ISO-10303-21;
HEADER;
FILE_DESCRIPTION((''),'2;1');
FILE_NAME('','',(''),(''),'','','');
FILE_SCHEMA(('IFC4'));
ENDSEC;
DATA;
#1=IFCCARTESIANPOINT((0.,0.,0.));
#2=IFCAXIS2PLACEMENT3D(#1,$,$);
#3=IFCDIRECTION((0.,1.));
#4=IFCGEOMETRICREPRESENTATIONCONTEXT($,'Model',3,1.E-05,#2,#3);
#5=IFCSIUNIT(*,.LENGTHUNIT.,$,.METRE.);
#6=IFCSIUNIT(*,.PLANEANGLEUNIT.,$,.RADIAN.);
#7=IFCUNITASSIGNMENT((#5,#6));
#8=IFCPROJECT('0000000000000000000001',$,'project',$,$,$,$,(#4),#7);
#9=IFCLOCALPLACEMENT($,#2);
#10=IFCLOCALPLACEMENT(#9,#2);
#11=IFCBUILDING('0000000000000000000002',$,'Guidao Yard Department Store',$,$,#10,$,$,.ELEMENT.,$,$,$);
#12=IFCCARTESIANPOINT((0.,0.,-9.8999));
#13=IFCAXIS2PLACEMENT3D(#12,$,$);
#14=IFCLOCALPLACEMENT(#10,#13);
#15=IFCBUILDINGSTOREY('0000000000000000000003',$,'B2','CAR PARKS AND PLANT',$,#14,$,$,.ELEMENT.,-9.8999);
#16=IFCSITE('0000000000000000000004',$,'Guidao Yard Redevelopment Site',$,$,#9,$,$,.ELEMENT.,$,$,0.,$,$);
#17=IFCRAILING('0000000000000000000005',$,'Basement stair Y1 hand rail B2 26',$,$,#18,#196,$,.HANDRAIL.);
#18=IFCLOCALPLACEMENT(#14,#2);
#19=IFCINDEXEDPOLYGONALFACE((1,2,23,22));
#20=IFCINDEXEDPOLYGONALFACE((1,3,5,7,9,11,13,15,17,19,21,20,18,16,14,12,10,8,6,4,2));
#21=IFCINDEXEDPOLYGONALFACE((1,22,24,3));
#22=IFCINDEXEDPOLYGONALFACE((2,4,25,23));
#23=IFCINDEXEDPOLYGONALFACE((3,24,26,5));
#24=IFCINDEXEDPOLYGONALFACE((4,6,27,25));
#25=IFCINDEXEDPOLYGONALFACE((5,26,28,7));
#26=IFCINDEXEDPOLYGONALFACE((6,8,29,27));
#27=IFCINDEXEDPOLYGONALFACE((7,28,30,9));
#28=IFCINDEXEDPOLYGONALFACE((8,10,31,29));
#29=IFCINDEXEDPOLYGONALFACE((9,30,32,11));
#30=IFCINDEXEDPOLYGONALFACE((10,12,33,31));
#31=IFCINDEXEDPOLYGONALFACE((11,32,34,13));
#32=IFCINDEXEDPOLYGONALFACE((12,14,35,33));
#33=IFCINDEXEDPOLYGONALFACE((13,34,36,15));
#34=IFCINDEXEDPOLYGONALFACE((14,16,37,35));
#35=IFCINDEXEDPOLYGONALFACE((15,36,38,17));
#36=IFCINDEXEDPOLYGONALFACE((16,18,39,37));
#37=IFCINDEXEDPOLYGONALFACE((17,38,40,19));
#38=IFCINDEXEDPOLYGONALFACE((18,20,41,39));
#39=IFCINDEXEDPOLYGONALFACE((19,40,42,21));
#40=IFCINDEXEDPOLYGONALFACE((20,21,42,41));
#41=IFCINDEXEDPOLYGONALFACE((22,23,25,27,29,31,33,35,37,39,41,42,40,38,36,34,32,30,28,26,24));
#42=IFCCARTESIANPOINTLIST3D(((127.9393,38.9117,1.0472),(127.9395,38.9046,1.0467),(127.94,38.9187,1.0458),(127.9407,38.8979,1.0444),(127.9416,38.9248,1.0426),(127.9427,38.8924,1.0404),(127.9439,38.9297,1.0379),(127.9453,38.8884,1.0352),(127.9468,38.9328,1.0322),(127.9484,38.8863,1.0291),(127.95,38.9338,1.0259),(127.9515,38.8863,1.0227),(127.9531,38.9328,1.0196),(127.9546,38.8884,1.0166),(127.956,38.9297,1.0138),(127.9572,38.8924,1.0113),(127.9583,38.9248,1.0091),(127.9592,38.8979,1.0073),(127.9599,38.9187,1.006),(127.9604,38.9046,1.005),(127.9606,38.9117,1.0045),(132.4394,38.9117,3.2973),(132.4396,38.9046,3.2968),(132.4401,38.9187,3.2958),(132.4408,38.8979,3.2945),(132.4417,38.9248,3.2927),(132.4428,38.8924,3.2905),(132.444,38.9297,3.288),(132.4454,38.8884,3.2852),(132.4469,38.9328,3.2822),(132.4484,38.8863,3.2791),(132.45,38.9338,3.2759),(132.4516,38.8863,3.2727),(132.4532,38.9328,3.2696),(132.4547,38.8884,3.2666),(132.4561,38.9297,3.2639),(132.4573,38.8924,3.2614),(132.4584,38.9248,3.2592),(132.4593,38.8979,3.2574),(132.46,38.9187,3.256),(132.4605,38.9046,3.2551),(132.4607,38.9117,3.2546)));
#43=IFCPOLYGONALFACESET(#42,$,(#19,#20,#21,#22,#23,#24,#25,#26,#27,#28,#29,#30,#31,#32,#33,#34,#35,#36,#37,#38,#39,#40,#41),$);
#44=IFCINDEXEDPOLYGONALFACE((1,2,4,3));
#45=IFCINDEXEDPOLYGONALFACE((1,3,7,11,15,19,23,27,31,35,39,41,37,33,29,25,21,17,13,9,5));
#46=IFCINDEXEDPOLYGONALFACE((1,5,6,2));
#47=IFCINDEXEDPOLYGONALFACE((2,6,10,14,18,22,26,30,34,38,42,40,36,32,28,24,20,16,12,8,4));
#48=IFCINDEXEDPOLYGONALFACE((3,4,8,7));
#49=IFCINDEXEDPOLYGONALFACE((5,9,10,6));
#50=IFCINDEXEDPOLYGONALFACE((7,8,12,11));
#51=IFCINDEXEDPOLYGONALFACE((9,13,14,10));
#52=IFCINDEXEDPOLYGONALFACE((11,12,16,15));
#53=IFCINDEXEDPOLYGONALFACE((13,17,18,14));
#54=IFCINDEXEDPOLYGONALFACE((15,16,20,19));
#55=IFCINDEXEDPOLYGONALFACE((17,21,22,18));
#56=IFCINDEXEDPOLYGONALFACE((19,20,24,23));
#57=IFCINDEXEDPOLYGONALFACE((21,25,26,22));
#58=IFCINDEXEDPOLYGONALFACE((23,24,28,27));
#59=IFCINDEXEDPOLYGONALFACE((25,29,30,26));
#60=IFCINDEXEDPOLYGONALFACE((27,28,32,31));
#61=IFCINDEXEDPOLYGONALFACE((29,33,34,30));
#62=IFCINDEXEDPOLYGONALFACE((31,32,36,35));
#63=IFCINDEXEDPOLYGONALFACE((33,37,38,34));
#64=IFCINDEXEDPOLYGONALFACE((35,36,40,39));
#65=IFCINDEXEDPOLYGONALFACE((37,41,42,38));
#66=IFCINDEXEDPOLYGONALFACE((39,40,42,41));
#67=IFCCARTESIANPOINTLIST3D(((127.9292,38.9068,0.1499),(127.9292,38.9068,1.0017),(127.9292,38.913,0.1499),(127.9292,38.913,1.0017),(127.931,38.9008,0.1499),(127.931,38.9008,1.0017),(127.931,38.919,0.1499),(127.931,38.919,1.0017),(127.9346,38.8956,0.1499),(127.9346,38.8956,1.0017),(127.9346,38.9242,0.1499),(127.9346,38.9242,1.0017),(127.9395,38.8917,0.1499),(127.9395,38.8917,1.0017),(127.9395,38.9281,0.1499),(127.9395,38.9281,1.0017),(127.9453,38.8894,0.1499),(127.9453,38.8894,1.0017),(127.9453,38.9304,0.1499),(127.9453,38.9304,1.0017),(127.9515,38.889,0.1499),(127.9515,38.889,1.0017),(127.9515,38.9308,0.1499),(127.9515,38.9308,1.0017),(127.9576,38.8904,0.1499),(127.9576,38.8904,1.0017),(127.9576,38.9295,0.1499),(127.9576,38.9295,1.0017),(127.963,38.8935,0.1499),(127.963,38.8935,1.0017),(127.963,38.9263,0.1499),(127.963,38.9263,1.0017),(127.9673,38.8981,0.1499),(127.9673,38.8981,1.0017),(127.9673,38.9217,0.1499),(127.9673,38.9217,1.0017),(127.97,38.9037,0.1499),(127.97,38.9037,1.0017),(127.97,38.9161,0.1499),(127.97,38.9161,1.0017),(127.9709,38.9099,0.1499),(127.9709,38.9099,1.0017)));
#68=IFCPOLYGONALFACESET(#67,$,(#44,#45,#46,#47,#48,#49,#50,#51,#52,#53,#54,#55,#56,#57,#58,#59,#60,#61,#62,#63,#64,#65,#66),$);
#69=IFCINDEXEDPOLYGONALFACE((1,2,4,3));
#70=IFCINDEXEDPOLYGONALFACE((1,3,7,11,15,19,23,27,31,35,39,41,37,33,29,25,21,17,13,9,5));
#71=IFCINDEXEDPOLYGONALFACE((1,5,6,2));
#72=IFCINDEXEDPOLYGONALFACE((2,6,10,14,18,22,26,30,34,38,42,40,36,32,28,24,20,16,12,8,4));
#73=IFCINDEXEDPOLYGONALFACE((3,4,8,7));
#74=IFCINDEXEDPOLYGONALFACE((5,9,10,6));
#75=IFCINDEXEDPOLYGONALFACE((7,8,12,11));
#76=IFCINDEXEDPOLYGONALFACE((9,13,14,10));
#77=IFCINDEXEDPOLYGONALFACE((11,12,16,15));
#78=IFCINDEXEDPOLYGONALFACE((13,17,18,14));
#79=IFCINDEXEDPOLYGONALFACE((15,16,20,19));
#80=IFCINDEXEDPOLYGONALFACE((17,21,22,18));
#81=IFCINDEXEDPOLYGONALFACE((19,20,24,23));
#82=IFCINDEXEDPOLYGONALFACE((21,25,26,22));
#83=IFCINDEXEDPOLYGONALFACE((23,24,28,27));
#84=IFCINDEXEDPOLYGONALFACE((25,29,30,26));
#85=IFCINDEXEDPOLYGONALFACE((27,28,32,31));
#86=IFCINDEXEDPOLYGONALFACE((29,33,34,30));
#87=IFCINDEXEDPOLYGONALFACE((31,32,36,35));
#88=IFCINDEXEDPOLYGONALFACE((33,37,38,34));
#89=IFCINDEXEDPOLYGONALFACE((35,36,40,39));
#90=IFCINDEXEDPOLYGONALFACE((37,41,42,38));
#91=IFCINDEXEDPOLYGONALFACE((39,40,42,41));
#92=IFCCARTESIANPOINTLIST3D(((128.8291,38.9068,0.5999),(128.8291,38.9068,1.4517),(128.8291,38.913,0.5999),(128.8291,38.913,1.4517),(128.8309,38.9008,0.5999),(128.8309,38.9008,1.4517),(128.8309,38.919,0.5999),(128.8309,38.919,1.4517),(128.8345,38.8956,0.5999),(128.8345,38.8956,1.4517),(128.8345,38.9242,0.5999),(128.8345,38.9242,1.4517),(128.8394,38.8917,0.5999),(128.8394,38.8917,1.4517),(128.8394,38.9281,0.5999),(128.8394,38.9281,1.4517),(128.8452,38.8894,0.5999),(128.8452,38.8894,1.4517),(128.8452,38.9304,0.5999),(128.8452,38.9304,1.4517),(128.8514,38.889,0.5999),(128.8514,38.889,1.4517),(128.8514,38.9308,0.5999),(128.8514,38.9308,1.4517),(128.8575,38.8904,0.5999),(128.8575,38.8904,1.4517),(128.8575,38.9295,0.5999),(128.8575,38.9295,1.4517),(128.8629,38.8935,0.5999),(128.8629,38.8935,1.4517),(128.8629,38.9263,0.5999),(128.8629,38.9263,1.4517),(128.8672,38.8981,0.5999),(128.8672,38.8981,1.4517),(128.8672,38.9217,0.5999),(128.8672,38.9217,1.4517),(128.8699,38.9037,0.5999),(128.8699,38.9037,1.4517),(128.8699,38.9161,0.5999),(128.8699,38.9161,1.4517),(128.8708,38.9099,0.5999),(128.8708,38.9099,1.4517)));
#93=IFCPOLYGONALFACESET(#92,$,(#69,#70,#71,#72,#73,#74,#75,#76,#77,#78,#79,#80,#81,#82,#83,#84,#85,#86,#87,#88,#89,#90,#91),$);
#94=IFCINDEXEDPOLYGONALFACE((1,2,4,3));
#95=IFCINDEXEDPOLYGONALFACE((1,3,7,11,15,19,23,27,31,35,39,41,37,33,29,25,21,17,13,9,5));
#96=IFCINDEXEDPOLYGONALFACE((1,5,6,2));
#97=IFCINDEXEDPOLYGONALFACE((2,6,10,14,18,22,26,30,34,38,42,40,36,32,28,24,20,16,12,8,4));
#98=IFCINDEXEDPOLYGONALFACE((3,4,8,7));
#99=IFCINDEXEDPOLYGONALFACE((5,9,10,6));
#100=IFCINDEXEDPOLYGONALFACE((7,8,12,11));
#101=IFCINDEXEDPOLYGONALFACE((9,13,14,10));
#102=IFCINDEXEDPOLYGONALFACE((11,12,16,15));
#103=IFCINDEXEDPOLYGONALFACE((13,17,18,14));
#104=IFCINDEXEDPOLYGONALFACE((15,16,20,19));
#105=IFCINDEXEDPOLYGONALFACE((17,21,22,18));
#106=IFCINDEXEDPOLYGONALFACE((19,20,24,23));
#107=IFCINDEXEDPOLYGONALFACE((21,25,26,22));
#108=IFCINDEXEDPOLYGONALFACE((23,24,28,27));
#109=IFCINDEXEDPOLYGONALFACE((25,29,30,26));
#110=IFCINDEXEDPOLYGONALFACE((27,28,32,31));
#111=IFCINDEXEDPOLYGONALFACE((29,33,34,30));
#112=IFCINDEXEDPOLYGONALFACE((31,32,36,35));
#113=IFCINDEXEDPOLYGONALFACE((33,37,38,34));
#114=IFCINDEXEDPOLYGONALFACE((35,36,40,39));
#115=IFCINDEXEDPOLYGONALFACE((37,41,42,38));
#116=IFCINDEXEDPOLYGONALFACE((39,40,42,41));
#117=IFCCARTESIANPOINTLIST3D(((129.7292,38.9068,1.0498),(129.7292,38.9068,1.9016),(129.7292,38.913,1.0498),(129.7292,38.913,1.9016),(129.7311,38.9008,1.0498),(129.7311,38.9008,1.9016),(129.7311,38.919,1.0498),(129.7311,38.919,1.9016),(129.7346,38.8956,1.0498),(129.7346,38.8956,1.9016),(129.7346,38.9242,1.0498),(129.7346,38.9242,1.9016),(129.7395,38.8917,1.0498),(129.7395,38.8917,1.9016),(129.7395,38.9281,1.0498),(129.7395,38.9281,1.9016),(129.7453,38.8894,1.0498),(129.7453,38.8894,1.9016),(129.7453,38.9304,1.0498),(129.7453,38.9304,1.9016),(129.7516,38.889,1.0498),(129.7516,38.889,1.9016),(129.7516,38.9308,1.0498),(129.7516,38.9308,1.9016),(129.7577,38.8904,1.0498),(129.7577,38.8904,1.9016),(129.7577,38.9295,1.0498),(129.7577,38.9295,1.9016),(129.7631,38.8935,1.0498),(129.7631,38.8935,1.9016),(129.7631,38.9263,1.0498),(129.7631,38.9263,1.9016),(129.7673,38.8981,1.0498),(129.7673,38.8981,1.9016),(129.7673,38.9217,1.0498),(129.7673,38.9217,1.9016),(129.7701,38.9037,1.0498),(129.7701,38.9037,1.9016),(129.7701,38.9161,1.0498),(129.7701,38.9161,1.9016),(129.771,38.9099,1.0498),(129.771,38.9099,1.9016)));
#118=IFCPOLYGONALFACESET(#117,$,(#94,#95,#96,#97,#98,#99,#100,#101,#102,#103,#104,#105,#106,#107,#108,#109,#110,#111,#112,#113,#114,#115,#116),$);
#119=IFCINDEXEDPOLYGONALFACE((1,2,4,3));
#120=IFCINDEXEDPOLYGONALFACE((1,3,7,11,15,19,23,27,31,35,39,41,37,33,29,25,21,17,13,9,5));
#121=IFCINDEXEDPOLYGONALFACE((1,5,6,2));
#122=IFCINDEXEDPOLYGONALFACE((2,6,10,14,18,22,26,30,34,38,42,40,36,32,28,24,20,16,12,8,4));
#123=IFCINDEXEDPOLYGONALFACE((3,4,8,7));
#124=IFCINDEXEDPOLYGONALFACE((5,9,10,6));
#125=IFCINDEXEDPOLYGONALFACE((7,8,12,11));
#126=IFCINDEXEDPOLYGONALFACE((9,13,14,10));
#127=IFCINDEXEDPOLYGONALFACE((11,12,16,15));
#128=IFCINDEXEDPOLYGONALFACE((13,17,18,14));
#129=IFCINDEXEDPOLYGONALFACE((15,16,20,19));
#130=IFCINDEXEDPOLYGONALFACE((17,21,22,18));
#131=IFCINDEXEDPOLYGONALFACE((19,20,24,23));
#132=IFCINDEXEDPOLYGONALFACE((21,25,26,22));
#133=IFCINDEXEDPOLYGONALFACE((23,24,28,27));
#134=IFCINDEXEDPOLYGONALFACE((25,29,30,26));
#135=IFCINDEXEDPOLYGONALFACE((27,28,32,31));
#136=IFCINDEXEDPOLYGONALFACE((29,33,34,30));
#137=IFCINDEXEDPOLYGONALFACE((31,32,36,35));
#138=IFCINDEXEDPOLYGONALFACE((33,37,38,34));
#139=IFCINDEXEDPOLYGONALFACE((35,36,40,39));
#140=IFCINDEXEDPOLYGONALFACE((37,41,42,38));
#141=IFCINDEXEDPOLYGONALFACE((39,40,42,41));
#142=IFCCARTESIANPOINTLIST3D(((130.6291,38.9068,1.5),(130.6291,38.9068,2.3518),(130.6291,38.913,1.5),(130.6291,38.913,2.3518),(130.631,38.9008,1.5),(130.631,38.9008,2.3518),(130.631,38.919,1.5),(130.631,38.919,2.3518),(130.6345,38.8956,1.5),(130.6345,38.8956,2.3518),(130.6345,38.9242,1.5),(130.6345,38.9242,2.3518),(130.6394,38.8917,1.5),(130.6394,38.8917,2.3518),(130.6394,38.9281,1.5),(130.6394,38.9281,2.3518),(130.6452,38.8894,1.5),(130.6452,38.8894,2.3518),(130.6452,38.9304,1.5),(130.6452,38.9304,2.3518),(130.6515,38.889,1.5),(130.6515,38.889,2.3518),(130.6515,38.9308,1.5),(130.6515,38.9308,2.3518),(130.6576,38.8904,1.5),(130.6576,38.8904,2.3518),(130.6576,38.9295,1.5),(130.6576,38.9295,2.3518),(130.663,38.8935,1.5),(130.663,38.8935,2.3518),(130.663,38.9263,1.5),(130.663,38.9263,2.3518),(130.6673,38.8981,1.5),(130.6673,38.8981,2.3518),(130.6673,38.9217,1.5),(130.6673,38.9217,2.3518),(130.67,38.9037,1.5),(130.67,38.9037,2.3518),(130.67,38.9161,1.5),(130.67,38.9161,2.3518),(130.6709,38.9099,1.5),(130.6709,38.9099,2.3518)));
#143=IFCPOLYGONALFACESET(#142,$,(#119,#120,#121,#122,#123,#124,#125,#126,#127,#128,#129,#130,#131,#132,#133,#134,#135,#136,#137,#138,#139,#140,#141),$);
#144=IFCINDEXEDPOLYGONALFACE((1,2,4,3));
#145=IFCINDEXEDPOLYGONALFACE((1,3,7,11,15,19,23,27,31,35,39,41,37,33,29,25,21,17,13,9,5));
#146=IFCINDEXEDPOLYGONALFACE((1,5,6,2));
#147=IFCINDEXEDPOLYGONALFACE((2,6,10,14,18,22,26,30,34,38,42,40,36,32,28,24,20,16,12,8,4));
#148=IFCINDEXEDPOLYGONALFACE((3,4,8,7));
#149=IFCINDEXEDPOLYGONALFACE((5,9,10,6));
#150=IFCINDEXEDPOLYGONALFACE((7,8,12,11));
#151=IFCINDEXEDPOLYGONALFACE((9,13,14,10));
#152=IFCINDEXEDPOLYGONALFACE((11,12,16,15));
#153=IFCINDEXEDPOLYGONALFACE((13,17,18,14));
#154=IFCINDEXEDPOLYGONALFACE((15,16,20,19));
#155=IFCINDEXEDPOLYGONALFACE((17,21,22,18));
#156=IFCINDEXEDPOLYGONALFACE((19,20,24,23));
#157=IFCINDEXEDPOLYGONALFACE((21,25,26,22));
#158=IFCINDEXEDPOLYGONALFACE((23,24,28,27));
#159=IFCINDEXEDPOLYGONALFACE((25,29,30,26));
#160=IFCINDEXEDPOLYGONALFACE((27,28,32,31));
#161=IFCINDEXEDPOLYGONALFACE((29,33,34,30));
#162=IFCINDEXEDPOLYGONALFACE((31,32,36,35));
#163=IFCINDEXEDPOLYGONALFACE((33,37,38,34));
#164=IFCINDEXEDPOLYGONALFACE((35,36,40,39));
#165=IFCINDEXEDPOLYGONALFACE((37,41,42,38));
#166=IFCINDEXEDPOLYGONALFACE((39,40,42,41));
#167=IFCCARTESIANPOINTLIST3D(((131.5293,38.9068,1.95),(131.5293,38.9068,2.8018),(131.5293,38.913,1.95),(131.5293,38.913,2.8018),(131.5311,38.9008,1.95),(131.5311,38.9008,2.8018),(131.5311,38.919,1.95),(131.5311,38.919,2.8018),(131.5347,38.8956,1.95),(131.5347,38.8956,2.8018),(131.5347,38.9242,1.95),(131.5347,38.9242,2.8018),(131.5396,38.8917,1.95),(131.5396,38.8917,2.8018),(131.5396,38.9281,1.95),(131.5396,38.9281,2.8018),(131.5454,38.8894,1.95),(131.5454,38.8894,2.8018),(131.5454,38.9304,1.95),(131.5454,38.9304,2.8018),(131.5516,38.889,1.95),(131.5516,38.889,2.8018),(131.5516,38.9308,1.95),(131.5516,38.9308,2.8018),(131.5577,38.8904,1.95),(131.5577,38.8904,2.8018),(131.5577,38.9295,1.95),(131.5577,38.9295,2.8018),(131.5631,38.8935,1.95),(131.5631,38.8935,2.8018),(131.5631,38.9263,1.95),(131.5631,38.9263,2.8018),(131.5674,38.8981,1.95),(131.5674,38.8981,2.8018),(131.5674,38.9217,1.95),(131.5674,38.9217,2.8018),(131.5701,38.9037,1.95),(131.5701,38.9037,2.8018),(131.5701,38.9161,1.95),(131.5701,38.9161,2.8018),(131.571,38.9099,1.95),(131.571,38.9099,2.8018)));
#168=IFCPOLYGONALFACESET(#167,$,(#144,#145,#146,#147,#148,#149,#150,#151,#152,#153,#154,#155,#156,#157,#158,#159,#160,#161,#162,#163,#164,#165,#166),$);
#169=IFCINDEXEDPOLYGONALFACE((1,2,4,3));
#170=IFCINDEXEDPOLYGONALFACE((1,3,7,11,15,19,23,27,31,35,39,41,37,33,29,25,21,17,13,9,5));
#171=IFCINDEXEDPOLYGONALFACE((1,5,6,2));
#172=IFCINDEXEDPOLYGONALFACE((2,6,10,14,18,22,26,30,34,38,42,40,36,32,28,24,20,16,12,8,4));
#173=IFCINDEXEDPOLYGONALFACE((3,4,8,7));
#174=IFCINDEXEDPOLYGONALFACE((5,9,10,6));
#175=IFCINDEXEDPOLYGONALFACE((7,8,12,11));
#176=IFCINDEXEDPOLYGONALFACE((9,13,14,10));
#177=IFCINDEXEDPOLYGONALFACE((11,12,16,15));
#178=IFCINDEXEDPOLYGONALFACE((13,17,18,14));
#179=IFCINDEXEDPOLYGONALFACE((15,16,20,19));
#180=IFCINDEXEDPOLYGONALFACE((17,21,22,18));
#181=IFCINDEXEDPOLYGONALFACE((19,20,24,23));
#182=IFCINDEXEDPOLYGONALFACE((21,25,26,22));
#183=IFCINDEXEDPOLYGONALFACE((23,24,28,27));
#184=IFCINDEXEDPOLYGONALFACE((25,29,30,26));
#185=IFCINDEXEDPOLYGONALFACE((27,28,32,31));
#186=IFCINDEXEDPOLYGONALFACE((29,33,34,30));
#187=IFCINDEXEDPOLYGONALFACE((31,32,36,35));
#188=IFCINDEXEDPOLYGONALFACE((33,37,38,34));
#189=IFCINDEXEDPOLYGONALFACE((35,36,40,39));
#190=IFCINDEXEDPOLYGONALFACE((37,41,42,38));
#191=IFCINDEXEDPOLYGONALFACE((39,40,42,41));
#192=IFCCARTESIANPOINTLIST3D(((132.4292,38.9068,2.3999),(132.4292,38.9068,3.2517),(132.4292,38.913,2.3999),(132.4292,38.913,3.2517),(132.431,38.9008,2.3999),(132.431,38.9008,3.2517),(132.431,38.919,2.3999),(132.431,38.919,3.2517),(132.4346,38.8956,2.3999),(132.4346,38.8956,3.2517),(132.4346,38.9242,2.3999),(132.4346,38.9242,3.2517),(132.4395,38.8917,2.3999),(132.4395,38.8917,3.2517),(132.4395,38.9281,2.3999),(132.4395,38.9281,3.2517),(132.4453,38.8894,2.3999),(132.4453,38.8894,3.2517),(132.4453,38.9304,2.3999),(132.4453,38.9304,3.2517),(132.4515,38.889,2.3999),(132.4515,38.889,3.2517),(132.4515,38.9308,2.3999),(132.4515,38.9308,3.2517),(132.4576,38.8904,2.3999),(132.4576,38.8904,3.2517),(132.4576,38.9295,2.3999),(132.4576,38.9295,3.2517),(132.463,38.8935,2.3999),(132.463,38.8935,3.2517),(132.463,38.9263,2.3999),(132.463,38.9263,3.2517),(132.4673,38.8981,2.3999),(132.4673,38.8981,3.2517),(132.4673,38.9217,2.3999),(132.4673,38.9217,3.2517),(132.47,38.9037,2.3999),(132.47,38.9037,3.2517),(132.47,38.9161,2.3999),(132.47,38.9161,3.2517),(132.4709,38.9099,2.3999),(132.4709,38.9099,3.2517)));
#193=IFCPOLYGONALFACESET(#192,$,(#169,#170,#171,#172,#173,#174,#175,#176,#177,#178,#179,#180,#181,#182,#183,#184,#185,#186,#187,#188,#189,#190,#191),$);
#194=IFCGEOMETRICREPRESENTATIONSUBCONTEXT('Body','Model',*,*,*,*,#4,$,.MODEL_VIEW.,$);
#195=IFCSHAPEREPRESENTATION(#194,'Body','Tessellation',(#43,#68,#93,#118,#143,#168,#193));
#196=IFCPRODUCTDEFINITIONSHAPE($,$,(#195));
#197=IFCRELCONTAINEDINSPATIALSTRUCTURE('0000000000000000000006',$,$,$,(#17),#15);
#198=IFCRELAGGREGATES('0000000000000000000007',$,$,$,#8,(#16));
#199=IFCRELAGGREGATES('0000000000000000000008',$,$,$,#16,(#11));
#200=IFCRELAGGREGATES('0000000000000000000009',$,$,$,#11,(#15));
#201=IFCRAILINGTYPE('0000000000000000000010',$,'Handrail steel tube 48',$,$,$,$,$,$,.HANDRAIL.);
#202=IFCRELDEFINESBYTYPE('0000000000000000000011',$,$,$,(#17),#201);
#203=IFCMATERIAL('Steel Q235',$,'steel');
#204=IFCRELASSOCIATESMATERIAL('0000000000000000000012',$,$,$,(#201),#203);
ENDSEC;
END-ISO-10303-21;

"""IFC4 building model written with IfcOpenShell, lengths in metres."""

from ifc_helpers import new_model, si_unit, direction, frame, origin, origin_2d, place, context, subcontext, project, spatial, circle, extrude, material, type_object, element, save


model = new_model("IFC4")

# Units and contexts
model_context = context("Model", 3, precision=1e-05, world=origin(), true_north=direction((0.0, 1.0)))
body_context = subcontext(model_context, "Body", "Model", "MODEL_VIEW")
ifc_project = project(units=[si_unit("LENGTHUNIT", "METRE"), si_unit("PLANEANGLEUNIT", "RADIAN")], contexts=[model_context])

# Site, building, storey
site_placement = place(None, origin())
site = spatial("IfcSite", under=ifc_project, at=site_placement, Name="Guidao Yard Redevelopment Site", CompositionType="ELEMENT", RefElevation=0.0)
building_placement = place(site_placement, origin())
building = spatial("IfcBuilding", under=site, at=building_placement, Name="Guidao Yard Department Store", CompositionType="ELEMENT")
storey_placement = place(building_placement, frame((0.0, 0.0, -9.8999)))
storey = spatial("IfcBuildingStorey", under=building, at=storey_placement, Name="B2", Description="CAR PARKS AND PLANT", CompositionType="ELEMENT", Elevation=-9.8999)

# Railing
ifc_material_1 = material(Name="Steel Q235", Category="steel")
railing_type_1 = type_object("IfcRailingType", Name="Handrail steel tube 48", PredefinedType="HANDRAIL", material=ifc_material_1)
for number, where, name in (
    (1, (127.95, 38.9099, 0.1499), "Basement stair Y1 hand rail B2 26"),
):
    element("IfcRailing", number, at=place(storey_placement, frame(where)), inside=storey, type_object=railing_type_1, Name=name, PredefinedType="HANDRAIL", context=body_context, shape_type="SweptSolid", body=[
        extrude(circle(Radius=0.0239, at=origin_2d()), frame((0.0, 0.0, 0.876), z_axis=(0.894427, 0.0, 0.447214), x_axis=(0.0, 1.0, 0.0)), (0.0, 0.0, 1.0), 5.0312),
        extrude(circle(Radius=0.021, at=origin_2d()), origin(), (0.0, 0.0, 1.0), 0.8518),
        extrude(circle(Radius=0.021, at=origin_2d()), frame((0.8999, 0.0, 0.45)), (0.0, 0.0, 1.0), 0.8518),
        extrude(circle(Radius=0.021, at=origin_2d()), frame((1.8, 0.0, 0.8999)), (0.0, 0.0, 1.0), 0.8518),
        extrude(circle(Radius=0.021, at=origin_2d()), frame((2.7, 0.0, 1.3501)), (0.0, 0.0, 1.0), 0.8518),
        extrude(circle(Radius=0.021, at=origin_2d()), frame((3.6001, 0.0, 1.8)), (0.0, 0.0, 1.0), 0.8518),
        extrude(circle(Radius=0.021, at=origin_2d()), frame((4.5, 0.0, 2.25)), (0.0, 0.0, 1.0), 0.8518),
    ])

save(model, "model.ifc")
